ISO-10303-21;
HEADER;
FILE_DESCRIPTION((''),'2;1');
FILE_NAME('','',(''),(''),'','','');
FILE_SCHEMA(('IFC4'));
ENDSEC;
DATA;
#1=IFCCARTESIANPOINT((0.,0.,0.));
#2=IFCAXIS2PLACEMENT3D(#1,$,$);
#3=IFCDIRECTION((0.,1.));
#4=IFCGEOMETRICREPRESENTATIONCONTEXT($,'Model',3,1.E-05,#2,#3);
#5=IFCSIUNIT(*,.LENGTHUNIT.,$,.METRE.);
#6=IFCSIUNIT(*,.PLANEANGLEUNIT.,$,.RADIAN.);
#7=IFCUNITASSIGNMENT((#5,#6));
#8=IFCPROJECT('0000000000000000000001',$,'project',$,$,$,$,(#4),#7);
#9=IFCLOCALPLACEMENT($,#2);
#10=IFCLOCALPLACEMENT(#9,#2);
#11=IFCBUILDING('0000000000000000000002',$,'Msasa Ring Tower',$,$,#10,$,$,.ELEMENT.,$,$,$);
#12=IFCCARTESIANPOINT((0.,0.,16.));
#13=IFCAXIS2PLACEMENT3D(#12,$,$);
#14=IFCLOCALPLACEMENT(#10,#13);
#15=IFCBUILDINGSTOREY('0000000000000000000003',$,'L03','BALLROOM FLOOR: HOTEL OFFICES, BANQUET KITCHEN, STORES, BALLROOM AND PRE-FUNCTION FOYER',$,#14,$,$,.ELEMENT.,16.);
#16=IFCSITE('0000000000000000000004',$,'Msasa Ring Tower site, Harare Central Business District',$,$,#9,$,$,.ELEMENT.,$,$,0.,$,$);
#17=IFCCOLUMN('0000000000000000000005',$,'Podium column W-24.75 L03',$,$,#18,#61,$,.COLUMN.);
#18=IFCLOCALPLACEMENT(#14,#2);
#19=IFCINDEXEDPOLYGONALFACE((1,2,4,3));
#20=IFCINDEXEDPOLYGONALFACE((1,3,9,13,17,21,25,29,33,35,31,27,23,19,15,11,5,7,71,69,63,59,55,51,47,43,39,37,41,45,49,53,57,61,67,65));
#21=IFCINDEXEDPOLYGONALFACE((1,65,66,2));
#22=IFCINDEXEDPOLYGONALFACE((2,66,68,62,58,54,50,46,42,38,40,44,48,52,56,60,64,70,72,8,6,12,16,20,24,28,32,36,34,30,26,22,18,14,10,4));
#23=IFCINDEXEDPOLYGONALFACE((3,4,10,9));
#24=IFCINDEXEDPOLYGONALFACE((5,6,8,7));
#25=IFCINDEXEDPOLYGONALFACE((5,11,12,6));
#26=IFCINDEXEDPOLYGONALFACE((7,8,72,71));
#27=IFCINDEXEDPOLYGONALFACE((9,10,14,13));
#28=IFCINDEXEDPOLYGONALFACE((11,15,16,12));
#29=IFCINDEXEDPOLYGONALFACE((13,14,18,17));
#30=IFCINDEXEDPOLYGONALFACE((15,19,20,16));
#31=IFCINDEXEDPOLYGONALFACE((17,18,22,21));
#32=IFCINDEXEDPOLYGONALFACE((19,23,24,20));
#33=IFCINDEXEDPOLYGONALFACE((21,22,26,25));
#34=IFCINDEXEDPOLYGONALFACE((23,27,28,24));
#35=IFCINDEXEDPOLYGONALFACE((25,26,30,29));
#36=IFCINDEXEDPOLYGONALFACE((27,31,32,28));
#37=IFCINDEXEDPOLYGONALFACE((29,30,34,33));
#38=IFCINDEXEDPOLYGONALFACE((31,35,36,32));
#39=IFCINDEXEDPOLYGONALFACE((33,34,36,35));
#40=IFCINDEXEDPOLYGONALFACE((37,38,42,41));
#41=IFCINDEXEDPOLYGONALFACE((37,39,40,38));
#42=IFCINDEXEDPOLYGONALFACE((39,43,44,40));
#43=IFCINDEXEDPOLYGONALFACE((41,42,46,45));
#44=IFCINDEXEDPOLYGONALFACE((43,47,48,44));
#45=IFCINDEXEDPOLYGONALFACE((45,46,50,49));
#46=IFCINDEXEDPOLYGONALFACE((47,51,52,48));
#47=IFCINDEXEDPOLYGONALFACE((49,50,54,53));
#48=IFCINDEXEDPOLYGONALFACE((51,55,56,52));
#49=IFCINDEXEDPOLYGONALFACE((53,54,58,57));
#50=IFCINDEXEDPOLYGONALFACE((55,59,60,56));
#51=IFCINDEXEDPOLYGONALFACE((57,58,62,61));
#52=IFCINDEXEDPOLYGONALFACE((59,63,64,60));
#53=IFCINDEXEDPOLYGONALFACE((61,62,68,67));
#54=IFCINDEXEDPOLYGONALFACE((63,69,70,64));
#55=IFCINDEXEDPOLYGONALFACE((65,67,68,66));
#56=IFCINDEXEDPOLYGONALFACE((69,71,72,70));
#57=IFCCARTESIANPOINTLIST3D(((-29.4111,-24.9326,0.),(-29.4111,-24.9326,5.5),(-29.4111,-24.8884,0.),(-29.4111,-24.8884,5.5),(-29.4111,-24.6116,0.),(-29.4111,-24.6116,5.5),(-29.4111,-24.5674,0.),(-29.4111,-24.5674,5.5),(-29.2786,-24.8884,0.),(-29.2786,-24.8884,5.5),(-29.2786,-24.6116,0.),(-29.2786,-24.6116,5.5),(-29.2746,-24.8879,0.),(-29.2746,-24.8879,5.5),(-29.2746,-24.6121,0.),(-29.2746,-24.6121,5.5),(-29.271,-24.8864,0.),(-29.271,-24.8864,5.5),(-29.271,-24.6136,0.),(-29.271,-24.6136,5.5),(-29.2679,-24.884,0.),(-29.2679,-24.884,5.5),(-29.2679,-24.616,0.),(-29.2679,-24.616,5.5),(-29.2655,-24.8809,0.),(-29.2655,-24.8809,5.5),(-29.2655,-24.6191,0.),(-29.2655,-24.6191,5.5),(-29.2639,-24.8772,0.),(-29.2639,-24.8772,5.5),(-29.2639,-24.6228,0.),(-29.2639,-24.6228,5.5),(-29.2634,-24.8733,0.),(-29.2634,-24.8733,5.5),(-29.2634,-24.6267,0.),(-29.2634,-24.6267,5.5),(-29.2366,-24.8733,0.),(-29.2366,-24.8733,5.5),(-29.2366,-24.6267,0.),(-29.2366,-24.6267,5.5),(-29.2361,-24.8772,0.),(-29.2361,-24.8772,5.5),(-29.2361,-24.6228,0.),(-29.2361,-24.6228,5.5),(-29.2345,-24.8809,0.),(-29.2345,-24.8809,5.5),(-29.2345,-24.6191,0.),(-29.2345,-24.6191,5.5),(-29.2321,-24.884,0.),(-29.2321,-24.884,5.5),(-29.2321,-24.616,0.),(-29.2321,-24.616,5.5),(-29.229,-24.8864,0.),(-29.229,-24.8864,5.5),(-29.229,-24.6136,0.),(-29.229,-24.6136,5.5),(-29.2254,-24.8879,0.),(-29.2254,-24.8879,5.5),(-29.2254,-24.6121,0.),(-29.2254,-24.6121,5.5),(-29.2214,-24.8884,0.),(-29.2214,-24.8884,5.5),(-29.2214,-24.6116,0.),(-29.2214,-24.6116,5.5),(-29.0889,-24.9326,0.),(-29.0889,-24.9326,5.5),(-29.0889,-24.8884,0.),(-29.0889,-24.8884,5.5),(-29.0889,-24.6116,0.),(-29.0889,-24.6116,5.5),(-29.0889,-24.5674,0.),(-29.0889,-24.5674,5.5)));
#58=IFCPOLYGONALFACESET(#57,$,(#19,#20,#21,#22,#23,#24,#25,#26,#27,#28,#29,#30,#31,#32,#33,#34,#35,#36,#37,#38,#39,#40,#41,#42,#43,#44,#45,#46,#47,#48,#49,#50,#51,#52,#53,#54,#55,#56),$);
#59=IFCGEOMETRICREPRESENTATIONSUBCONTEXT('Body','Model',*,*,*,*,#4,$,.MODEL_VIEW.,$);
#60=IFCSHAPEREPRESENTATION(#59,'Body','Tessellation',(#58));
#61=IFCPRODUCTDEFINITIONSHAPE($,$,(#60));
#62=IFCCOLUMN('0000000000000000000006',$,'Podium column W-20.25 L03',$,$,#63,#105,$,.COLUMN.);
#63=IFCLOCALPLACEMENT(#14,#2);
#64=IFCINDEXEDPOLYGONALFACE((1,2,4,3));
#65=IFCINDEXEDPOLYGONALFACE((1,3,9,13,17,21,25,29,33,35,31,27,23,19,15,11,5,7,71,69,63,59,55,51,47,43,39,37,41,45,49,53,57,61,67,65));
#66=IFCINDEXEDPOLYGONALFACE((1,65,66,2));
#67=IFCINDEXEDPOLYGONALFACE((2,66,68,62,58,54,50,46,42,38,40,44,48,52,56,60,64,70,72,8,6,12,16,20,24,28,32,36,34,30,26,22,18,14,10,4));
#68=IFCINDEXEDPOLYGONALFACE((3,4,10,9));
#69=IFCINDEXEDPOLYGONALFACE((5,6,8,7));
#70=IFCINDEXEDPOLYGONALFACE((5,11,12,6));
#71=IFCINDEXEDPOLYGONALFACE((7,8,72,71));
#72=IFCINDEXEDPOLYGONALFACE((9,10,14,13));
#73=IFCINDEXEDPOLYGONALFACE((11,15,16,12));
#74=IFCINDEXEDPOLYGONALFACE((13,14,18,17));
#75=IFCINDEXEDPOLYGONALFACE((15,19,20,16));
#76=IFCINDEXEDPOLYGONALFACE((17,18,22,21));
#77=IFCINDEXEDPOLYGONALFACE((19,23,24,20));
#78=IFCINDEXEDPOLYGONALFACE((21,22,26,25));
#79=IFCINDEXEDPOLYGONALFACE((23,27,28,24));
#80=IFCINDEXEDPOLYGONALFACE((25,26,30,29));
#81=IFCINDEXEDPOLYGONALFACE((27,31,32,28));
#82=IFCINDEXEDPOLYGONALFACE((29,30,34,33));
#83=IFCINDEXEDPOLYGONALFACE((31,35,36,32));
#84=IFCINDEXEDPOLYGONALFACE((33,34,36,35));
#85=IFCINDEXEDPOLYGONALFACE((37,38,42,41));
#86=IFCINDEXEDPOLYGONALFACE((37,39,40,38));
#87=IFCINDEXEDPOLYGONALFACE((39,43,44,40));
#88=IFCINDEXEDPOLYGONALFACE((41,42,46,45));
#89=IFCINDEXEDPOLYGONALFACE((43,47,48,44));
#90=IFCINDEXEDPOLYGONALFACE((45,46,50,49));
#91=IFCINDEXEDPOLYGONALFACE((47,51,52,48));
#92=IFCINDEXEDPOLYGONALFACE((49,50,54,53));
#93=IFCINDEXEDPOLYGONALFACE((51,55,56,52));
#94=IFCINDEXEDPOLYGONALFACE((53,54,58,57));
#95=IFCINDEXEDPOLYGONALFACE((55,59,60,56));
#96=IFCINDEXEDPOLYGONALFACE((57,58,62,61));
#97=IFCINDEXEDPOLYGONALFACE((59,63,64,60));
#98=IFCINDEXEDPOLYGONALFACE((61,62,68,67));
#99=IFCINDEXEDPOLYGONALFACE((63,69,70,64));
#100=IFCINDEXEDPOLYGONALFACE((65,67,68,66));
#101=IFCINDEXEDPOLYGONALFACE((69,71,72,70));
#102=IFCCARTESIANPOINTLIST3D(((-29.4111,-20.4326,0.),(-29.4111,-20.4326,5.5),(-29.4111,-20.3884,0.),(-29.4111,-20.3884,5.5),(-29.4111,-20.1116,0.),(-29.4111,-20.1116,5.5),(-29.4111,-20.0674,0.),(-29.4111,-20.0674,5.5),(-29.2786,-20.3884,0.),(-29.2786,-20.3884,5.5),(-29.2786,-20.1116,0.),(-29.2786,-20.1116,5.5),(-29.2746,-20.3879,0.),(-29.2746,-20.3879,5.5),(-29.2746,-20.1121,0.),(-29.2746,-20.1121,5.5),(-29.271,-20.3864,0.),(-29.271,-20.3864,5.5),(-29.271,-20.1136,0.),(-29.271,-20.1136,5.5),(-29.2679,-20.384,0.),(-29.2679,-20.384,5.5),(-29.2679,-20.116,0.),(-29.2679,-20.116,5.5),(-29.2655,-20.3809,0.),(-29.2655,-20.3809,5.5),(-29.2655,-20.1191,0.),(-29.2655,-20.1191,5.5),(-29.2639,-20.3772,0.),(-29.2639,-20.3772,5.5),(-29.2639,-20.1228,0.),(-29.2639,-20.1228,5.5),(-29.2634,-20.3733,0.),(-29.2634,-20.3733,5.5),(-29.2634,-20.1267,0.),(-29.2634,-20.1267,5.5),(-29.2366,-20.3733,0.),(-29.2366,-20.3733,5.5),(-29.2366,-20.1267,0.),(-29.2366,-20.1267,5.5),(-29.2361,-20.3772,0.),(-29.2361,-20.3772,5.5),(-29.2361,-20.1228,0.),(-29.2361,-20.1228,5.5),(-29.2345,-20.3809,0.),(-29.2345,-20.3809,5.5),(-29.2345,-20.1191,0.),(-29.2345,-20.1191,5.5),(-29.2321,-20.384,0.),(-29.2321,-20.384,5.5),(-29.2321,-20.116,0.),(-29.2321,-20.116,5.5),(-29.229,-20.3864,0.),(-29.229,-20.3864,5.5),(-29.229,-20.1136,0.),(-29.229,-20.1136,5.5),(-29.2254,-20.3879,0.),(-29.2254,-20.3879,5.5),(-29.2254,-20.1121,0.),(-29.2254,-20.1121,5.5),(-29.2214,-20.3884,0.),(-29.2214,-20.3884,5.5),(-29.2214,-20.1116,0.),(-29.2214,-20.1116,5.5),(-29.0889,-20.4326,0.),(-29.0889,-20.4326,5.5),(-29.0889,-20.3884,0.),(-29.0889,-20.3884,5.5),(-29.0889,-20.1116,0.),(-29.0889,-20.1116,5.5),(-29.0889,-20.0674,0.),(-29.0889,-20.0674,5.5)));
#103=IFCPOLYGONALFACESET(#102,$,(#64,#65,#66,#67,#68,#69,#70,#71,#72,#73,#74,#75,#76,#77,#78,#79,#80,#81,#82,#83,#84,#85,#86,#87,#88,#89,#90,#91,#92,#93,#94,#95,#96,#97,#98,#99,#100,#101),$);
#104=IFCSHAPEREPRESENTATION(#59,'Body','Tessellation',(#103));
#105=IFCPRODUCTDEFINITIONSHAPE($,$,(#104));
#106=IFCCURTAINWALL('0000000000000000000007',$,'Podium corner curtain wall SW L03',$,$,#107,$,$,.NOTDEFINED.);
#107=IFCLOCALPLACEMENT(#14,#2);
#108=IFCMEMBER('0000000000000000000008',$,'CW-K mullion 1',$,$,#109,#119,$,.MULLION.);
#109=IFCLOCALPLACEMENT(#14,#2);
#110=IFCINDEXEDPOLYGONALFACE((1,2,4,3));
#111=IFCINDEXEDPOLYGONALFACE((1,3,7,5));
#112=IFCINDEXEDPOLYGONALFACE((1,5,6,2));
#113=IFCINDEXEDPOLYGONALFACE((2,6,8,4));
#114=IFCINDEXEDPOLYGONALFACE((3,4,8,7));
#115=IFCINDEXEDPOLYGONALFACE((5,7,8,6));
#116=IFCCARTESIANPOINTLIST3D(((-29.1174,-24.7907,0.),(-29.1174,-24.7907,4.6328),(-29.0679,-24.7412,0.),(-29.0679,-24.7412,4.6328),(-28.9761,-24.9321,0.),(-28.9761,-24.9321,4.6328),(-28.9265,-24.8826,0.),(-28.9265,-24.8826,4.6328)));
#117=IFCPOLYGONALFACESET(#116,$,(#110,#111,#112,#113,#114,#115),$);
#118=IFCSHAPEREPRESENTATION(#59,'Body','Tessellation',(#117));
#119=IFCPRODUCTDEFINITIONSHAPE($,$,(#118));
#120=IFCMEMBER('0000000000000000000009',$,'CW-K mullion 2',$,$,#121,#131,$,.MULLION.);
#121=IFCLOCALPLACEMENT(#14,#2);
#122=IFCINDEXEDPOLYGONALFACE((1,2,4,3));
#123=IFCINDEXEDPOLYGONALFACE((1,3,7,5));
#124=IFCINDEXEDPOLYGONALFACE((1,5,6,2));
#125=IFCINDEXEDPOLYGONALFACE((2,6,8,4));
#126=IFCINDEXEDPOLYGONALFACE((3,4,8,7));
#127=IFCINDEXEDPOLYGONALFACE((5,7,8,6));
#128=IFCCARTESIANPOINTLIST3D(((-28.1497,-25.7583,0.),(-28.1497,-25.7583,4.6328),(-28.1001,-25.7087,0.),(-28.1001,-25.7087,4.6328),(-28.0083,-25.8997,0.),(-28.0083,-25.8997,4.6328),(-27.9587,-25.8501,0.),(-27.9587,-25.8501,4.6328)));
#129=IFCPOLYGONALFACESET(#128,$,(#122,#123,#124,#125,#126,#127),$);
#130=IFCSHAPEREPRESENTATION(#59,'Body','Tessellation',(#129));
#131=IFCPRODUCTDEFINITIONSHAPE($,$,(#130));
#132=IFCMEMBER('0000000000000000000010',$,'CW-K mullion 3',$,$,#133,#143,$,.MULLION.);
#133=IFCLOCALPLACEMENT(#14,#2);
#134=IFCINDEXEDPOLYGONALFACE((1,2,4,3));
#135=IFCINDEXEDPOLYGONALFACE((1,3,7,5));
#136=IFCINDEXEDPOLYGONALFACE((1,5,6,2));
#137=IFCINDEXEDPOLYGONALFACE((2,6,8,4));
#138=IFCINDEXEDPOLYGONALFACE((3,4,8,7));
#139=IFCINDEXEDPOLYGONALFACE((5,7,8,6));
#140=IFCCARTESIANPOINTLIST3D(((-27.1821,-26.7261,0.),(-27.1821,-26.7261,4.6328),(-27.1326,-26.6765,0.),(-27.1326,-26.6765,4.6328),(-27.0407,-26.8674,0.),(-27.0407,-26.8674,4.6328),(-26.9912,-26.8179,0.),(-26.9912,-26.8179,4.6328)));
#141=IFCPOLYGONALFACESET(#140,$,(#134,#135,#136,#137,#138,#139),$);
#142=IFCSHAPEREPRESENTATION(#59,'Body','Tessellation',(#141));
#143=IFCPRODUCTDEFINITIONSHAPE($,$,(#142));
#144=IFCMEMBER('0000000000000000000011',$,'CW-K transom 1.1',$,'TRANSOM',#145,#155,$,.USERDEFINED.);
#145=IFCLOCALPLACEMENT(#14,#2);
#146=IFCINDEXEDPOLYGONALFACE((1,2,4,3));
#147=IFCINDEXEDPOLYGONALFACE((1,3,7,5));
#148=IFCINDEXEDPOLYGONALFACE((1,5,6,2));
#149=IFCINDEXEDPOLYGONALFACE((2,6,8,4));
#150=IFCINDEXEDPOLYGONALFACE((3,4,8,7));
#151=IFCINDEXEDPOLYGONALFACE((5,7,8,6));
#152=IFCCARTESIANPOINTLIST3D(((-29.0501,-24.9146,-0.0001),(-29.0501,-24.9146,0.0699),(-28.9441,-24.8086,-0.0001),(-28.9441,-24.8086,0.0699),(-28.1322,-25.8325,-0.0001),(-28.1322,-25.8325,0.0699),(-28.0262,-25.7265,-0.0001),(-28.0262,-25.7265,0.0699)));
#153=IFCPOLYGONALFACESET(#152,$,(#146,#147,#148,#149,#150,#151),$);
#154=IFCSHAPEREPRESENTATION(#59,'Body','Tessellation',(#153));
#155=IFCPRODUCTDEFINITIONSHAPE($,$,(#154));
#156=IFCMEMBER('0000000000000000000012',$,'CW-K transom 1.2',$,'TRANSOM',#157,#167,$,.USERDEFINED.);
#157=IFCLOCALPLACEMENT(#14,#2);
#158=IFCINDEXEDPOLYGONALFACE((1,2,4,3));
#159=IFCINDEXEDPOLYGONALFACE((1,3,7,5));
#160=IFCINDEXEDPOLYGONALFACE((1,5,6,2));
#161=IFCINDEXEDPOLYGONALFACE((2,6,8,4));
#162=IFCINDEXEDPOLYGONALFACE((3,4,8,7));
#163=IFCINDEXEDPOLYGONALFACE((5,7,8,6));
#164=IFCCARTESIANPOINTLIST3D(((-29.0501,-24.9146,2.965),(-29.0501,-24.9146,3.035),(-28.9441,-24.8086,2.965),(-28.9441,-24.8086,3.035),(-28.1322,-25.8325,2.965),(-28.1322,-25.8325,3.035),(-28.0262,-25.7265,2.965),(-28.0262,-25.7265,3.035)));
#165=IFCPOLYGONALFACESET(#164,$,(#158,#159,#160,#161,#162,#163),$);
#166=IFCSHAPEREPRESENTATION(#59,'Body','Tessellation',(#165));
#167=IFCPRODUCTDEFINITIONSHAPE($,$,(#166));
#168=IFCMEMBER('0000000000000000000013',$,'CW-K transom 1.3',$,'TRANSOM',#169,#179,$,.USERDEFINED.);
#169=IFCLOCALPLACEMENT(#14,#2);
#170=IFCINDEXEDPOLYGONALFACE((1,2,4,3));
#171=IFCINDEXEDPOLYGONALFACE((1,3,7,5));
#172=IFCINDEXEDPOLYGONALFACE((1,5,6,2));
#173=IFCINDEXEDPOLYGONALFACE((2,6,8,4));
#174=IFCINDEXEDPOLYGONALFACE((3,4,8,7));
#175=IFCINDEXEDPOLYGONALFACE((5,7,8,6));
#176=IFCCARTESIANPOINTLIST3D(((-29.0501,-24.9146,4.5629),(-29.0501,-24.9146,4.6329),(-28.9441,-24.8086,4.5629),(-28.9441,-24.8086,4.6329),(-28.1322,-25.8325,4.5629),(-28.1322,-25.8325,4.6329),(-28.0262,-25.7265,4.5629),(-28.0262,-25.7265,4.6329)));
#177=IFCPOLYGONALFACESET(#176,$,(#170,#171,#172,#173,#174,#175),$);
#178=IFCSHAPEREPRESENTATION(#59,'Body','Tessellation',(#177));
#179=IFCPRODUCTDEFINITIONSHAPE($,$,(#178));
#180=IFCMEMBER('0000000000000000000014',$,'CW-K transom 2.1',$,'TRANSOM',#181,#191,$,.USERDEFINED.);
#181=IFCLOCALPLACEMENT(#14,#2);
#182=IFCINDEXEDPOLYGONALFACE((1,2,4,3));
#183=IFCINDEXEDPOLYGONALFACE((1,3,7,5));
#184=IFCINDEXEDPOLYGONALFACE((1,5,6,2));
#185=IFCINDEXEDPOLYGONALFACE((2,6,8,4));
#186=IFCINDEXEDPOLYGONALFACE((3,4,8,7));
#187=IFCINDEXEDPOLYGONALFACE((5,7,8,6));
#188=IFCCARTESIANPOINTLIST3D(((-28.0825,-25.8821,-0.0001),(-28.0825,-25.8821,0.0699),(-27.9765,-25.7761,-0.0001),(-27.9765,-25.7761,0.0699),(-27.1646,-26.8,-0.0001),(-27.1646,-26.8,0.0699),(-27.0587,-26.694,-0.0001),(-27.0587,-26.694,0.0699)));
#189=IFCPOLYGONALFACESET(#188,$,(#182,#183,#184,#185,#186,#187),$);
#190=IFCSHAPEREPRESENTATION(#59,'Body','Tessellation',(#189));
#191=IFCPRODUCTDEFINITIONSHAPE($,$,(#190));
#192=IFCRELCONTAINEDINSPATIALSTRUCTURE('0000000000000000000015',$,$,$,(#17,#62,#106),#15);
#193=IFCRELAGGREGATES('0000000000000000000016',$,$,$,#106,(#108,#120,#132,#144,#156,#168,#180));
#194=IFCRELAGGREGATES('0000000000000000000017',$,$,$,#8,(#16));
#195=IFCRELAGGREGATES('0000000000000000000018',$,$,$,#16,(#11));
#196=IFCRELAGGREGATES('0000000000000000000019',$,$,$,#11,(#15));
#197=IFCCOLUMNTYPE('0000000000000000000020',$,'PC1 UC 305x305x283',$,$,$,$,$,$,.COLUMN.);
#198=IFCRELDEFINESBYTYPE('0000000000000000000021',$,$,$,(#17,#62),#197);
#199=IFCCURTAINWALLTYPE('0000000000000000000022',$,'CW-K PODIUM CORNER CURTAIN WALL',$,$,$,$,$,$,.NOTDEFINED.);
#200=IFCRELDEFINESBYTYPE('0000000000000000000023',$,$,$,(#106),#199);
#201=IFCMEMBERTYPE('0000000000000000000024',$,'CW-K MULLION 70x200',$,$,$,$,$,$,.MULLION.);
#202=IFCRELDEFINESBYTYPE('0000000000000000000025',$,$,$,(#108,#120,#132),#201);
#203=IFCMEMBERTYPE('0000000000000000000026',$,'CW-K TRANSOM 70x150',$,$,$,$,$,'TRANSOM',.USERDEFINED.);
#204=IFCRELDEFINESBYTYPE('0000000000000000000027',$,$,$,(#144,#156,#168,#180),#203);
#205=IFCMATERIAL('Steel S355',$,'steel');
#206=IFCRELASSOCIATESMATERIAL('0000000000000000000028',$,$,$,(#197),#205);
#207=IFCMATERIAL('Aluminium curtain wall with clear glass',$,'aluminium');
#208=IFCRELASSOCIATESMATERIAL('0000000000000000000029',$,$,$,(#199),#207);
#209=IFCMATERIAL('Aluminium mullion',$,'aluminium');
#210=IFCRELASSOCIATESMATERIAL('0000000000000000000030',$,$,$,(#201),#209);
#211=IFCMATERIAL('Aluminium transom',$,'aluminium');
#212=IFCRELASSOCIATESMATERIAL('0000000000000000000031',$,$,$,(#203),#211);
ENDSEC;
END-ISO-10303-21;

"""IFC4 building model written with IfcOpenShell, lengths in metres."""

from ifc_helpers import new_model, si_unit, direction, frame, origin, origin_2d, place, context, subcontext, project, spatial, rectangle, i_section, extrude, material, material_profile, profile_set, type_object, element, aggregate, save


model = new_model("IFC4")

# Units and contexts
model_context = context("Model", 3, precision=1e-05, world=origin(), true_north=direction((0.0, 1.0)))
body_context = subcontext(model_context, "Body", "Model", "MODEL_VIEW")
ifc_project = project(units=[si_unit("LENGTHUNIT", "METRE"), si_unit("PLANEANGLEUNIT", "RADIAN")], contexts=[model_context])

# Site, building, storey
site_placement = place(None, origin())
site = spatial("IfcSite", under=ifc_project, at=site_placement, Name="Msasa Ring Tower site, Harare Central Business District", CompositionType="ELEMENT", RefElevation=0.0)
building_placement = place(site_placement, origin())
building = spatial("IfcBuilding", under=site, at=building_placement, Name="Msasa Ring Tower", CompositionType="ELEMENT")
storey_placement = place(building_placement, frame((0.0, 0.0, 16.0)))
storey = spatial("IfcBuildingStorey", under=building, at=storey_placement, Name="L03", Description="BALLROOM FLOOR: HOTEL OFFICES, BANQUET KITCHEN, STORES, BALLROOM AND PRE-FUNCTION FOYER", CompositionType="ELEMENT", Elevation=16.0)

# Columns
ifc_material_1 = material(Name="Steel S355", Category="steel")
ifc_material_profile_1 = material_profile(ifc_material_1, i_section(OverallWidth=0.3223, OverallDepth=0.3652, WebThickness=0.0269, FlangeThickness=0.0442, FilletRadius=0.0151, at=origin_2d()), Name="UC 305x305x283")
ifc_profile_set_1 = profile_set([ifc_material_profile_1], Name="Steel S355")
column_type = type_object("IfcColumnType", Name="PC1 UC 305x305x283", PredefinedType="COLUMN", material=ifc_profile_set_1)
for number, where, z_axis, x_axis, name in (
    (1, (-29.25, -24.75, 0.0), (0.0, 0.0, 1.0), (1.0, 0.0, 0.0), "Podium column W-24.75 L03"),
    (2, (-29.25, -20.25, 0.0), (0.0, 0.0, 1.0), (1.0, 0.0, 0.0), "Podium column W-20.25 L03"),
):
    element("IfcColumn", number, at=place(storey_placement, frame(where, z_axis=z_axis, x_axis=x_axis)), inside=storey, type_object=column_type, Name=name, PredefinedType="COLUMN", context=body_context, shape_type="SweptSolid", body=[
        extrude(i_section(OverallWidth=0.3223, OverallDepth=0.3652, WebThickness=0.0269, FlangeThickness=0.0442, FilletRadius=0.0151, at=origin_2d()), origin(), (0.0, 0.0, 1.0), 5.5),
    ])

# Curtain wall, members
ifc_material_2 = material(Name="Aluminium curtain wall with clear glass", Category="aluminium")
curtain_wall_type = type_object("IfcCurtainWallType", Name="CW-K PODIUM CORNER CURTAIN WALL", PredefinedType="NOTDEFINED", material=ifc_material_2)
curtain_wall_placement = place(storey_placement, origin())
curtain_wall = element("IfcCurtainWall", 3, at=curtain_wall_placement, inside=storey, type_object=curtain_wall_type, Name="Podium corner curtain wall SW L03", PredefinedType="NOTDEFINED")
ifc_material_3 = material(Name="Aluminium mullion", Category="aluminium")
ifc_material_profile_2 = material_profile(ifc_material_3, rectangle(XDim=0.0701, YDim=0.2, at=origin_2d()), Name="AL 70x200")
ifc_profile_set_2 = profile_set([ifc_material_profile_2], Name="Aluminium mullion")
member_type_1 = type_object("IfcMemberType", Name="CW-K MULLION 70x200", PredefinedType="MULLION", material=ifc_profile_set_2)
member_1_placement = place(storey_placement, frame((-29.022, -24.8367, 0.0), z_axis=(0.0, 0.0, 1.0), x_axis=(0.707107, 0.707107, 0.0)))
member_1 = element("IfcMember", 4, at=member_1_placement, type_object=member_type_1, Name="CW-K mullion 1", PredefinedType="MULLION", context=body_context, shape_type="SweptSolid", body=[
    extrude(rectangle(XDim=0.0701, YDim=0.2, at=origin_2d()), origin(), (0.0, 0.0, 1.0), 4.6328),
])
member_2_placement = place(storey_placement, frame((-28.0542, -25.8042, 0.0), z_axis=(0.0, 0.0, 1.0), x_axis=(0.707107, 0.707107, 0.0)))
member_2 = element("IfcMember", 5, at=member_2_placement, type_object=member_type_1, Name="CW-K mullion 2", PredefinedType="MULLION", context=body_context, shape_type="SweptSolid", body=[
    extrude(rectangle(XDim=0.0701, YDim=0.2, at=origin_2d()), origin(), (0.0, 0.0, 1.0), 4.6328),
])
member_3_placement = place(storey_placement, frame((-27.0867, -26.772, 0.0), z_axis=(0.0, 0.0, 1.0), x_axis=(0.707107, 0.707107, 0.0)))
member_3 = element("IfcMember", 6, at=member_3_placement, type_object=member_type_1, Name="CW-K mullion 3", PredefinedType="MULLION", context=body_context, shape_type="SweptSolid", body=[
    extrude(rectangle(XDim=0.0701, YDim=0.2, at=origin_2d()), origin(), (0.0, 0.0, 1.0), 4.6328),
])
ifc_material_4 = material(Name="Aluminium transom", Category="aluminium")
ifc_material_profile_3 = material_profile(ifc_material_4, rectangle(XDim=0.1499, YDim=0.0701, at=origin_2d()), Name="AL 70x150")
ifc_profile_set_3 = profile_set([ifc_material_profile_3], Name="Aluminium transom")
member_type_2 = type_object("IfcMemberType", Name="CW-K TRANSOM 70x150", ElementType="TRANSOM", PredefinedType="USERDEFINED", material=ifc_profile_set_3)
member_4_placement = place(storey_placement, frame((-28.9971, -24.8616, 0.0349), z_axis=(0.707107, -0.707107, 0.0), x_axis=(0.707107, 0.707107, 0.0)))
member_4 = element("IfcMember", 7, at=member_4_placement, type_object=member_type_2, Name="CW-K transom 1.1", ObjectType="TRANSOM", PredefinedType="USERDEFINED", context=body_context, shape_type="SweptSolid", body=[
    extrude(rectangle(XDim=0.1499, YDim=0.0701, at=origin_2d()), origin(), (0.0, 0.0, 1.0), 1.2981),
])
member_5_placement = place(storey_placement, frame((-28.9971, -24.8616, 3.0), z_axis=(0.707107, -0.707107, 0.0), x_axis=(0.707107, 0.707107, 0.0)))
member_5 = element("IfcMember", 8, at=member_5_placement, type_object=member_type_2, Name="CW-K transom 1.2", ObjectType="TRANSOM", PredefinedType="USERDEFINED", context=body_context, shape_type="SweptSolid", body=[
    extrude(rectangle(XDim=0.1499, YDim=0.0701, at=origin_2d()), origin(), (0.0, 0.0, 1.0), 1.2981),
])
member_6_placement = place(storey_placement, frame((-28.9971, -24.8616, 4.5979), z_axis=(0.707107, -0.707107, 0.0), x_axis=(0.707107, 0.707107, 0.0)))
member_6 = element("IfcMember", 9, at=member_6_placement, type_object=member_type_2, Name="CW-K transom 1.3", ObjectType="TRANSOM", PredefinedType="USERDEFINED", context=body_context, shape_type="SweptSolid", body=[
    extrude(rectangle(XDim=0.1499, YDim=0.0701, at=origin_2d()), origin(), (0.0, 0.0, 1.0), 1.2981),
])
member_7_placement = place(storey_placement, frame((-28.0295, -25.8291, 0.0349), z_axis=(0.707107, -0.707107, 0.0), x_axis=(0.707107, 0.707107, 0.0)))
member_7 = element("IfcMember", 10, at=member_7_placement, type_object=member_type_2, Name="CW-K transom 2.1", ObjectType="TRANSOM", PredefinedType="USERDEFINED", context=body_context, shape_type="SweptSolid", body=[
    extrude(rectangle(XDim=0.1499, YDim=0.0701, at=origin_2d()), origin(), (0.0, 0.0, 1.0), 1.2981),
])

aggregate(curtain_wall, [member_1, member_2, member_3, member_4, member_5, member_6, member_7])

save(model, "model.ifc")
